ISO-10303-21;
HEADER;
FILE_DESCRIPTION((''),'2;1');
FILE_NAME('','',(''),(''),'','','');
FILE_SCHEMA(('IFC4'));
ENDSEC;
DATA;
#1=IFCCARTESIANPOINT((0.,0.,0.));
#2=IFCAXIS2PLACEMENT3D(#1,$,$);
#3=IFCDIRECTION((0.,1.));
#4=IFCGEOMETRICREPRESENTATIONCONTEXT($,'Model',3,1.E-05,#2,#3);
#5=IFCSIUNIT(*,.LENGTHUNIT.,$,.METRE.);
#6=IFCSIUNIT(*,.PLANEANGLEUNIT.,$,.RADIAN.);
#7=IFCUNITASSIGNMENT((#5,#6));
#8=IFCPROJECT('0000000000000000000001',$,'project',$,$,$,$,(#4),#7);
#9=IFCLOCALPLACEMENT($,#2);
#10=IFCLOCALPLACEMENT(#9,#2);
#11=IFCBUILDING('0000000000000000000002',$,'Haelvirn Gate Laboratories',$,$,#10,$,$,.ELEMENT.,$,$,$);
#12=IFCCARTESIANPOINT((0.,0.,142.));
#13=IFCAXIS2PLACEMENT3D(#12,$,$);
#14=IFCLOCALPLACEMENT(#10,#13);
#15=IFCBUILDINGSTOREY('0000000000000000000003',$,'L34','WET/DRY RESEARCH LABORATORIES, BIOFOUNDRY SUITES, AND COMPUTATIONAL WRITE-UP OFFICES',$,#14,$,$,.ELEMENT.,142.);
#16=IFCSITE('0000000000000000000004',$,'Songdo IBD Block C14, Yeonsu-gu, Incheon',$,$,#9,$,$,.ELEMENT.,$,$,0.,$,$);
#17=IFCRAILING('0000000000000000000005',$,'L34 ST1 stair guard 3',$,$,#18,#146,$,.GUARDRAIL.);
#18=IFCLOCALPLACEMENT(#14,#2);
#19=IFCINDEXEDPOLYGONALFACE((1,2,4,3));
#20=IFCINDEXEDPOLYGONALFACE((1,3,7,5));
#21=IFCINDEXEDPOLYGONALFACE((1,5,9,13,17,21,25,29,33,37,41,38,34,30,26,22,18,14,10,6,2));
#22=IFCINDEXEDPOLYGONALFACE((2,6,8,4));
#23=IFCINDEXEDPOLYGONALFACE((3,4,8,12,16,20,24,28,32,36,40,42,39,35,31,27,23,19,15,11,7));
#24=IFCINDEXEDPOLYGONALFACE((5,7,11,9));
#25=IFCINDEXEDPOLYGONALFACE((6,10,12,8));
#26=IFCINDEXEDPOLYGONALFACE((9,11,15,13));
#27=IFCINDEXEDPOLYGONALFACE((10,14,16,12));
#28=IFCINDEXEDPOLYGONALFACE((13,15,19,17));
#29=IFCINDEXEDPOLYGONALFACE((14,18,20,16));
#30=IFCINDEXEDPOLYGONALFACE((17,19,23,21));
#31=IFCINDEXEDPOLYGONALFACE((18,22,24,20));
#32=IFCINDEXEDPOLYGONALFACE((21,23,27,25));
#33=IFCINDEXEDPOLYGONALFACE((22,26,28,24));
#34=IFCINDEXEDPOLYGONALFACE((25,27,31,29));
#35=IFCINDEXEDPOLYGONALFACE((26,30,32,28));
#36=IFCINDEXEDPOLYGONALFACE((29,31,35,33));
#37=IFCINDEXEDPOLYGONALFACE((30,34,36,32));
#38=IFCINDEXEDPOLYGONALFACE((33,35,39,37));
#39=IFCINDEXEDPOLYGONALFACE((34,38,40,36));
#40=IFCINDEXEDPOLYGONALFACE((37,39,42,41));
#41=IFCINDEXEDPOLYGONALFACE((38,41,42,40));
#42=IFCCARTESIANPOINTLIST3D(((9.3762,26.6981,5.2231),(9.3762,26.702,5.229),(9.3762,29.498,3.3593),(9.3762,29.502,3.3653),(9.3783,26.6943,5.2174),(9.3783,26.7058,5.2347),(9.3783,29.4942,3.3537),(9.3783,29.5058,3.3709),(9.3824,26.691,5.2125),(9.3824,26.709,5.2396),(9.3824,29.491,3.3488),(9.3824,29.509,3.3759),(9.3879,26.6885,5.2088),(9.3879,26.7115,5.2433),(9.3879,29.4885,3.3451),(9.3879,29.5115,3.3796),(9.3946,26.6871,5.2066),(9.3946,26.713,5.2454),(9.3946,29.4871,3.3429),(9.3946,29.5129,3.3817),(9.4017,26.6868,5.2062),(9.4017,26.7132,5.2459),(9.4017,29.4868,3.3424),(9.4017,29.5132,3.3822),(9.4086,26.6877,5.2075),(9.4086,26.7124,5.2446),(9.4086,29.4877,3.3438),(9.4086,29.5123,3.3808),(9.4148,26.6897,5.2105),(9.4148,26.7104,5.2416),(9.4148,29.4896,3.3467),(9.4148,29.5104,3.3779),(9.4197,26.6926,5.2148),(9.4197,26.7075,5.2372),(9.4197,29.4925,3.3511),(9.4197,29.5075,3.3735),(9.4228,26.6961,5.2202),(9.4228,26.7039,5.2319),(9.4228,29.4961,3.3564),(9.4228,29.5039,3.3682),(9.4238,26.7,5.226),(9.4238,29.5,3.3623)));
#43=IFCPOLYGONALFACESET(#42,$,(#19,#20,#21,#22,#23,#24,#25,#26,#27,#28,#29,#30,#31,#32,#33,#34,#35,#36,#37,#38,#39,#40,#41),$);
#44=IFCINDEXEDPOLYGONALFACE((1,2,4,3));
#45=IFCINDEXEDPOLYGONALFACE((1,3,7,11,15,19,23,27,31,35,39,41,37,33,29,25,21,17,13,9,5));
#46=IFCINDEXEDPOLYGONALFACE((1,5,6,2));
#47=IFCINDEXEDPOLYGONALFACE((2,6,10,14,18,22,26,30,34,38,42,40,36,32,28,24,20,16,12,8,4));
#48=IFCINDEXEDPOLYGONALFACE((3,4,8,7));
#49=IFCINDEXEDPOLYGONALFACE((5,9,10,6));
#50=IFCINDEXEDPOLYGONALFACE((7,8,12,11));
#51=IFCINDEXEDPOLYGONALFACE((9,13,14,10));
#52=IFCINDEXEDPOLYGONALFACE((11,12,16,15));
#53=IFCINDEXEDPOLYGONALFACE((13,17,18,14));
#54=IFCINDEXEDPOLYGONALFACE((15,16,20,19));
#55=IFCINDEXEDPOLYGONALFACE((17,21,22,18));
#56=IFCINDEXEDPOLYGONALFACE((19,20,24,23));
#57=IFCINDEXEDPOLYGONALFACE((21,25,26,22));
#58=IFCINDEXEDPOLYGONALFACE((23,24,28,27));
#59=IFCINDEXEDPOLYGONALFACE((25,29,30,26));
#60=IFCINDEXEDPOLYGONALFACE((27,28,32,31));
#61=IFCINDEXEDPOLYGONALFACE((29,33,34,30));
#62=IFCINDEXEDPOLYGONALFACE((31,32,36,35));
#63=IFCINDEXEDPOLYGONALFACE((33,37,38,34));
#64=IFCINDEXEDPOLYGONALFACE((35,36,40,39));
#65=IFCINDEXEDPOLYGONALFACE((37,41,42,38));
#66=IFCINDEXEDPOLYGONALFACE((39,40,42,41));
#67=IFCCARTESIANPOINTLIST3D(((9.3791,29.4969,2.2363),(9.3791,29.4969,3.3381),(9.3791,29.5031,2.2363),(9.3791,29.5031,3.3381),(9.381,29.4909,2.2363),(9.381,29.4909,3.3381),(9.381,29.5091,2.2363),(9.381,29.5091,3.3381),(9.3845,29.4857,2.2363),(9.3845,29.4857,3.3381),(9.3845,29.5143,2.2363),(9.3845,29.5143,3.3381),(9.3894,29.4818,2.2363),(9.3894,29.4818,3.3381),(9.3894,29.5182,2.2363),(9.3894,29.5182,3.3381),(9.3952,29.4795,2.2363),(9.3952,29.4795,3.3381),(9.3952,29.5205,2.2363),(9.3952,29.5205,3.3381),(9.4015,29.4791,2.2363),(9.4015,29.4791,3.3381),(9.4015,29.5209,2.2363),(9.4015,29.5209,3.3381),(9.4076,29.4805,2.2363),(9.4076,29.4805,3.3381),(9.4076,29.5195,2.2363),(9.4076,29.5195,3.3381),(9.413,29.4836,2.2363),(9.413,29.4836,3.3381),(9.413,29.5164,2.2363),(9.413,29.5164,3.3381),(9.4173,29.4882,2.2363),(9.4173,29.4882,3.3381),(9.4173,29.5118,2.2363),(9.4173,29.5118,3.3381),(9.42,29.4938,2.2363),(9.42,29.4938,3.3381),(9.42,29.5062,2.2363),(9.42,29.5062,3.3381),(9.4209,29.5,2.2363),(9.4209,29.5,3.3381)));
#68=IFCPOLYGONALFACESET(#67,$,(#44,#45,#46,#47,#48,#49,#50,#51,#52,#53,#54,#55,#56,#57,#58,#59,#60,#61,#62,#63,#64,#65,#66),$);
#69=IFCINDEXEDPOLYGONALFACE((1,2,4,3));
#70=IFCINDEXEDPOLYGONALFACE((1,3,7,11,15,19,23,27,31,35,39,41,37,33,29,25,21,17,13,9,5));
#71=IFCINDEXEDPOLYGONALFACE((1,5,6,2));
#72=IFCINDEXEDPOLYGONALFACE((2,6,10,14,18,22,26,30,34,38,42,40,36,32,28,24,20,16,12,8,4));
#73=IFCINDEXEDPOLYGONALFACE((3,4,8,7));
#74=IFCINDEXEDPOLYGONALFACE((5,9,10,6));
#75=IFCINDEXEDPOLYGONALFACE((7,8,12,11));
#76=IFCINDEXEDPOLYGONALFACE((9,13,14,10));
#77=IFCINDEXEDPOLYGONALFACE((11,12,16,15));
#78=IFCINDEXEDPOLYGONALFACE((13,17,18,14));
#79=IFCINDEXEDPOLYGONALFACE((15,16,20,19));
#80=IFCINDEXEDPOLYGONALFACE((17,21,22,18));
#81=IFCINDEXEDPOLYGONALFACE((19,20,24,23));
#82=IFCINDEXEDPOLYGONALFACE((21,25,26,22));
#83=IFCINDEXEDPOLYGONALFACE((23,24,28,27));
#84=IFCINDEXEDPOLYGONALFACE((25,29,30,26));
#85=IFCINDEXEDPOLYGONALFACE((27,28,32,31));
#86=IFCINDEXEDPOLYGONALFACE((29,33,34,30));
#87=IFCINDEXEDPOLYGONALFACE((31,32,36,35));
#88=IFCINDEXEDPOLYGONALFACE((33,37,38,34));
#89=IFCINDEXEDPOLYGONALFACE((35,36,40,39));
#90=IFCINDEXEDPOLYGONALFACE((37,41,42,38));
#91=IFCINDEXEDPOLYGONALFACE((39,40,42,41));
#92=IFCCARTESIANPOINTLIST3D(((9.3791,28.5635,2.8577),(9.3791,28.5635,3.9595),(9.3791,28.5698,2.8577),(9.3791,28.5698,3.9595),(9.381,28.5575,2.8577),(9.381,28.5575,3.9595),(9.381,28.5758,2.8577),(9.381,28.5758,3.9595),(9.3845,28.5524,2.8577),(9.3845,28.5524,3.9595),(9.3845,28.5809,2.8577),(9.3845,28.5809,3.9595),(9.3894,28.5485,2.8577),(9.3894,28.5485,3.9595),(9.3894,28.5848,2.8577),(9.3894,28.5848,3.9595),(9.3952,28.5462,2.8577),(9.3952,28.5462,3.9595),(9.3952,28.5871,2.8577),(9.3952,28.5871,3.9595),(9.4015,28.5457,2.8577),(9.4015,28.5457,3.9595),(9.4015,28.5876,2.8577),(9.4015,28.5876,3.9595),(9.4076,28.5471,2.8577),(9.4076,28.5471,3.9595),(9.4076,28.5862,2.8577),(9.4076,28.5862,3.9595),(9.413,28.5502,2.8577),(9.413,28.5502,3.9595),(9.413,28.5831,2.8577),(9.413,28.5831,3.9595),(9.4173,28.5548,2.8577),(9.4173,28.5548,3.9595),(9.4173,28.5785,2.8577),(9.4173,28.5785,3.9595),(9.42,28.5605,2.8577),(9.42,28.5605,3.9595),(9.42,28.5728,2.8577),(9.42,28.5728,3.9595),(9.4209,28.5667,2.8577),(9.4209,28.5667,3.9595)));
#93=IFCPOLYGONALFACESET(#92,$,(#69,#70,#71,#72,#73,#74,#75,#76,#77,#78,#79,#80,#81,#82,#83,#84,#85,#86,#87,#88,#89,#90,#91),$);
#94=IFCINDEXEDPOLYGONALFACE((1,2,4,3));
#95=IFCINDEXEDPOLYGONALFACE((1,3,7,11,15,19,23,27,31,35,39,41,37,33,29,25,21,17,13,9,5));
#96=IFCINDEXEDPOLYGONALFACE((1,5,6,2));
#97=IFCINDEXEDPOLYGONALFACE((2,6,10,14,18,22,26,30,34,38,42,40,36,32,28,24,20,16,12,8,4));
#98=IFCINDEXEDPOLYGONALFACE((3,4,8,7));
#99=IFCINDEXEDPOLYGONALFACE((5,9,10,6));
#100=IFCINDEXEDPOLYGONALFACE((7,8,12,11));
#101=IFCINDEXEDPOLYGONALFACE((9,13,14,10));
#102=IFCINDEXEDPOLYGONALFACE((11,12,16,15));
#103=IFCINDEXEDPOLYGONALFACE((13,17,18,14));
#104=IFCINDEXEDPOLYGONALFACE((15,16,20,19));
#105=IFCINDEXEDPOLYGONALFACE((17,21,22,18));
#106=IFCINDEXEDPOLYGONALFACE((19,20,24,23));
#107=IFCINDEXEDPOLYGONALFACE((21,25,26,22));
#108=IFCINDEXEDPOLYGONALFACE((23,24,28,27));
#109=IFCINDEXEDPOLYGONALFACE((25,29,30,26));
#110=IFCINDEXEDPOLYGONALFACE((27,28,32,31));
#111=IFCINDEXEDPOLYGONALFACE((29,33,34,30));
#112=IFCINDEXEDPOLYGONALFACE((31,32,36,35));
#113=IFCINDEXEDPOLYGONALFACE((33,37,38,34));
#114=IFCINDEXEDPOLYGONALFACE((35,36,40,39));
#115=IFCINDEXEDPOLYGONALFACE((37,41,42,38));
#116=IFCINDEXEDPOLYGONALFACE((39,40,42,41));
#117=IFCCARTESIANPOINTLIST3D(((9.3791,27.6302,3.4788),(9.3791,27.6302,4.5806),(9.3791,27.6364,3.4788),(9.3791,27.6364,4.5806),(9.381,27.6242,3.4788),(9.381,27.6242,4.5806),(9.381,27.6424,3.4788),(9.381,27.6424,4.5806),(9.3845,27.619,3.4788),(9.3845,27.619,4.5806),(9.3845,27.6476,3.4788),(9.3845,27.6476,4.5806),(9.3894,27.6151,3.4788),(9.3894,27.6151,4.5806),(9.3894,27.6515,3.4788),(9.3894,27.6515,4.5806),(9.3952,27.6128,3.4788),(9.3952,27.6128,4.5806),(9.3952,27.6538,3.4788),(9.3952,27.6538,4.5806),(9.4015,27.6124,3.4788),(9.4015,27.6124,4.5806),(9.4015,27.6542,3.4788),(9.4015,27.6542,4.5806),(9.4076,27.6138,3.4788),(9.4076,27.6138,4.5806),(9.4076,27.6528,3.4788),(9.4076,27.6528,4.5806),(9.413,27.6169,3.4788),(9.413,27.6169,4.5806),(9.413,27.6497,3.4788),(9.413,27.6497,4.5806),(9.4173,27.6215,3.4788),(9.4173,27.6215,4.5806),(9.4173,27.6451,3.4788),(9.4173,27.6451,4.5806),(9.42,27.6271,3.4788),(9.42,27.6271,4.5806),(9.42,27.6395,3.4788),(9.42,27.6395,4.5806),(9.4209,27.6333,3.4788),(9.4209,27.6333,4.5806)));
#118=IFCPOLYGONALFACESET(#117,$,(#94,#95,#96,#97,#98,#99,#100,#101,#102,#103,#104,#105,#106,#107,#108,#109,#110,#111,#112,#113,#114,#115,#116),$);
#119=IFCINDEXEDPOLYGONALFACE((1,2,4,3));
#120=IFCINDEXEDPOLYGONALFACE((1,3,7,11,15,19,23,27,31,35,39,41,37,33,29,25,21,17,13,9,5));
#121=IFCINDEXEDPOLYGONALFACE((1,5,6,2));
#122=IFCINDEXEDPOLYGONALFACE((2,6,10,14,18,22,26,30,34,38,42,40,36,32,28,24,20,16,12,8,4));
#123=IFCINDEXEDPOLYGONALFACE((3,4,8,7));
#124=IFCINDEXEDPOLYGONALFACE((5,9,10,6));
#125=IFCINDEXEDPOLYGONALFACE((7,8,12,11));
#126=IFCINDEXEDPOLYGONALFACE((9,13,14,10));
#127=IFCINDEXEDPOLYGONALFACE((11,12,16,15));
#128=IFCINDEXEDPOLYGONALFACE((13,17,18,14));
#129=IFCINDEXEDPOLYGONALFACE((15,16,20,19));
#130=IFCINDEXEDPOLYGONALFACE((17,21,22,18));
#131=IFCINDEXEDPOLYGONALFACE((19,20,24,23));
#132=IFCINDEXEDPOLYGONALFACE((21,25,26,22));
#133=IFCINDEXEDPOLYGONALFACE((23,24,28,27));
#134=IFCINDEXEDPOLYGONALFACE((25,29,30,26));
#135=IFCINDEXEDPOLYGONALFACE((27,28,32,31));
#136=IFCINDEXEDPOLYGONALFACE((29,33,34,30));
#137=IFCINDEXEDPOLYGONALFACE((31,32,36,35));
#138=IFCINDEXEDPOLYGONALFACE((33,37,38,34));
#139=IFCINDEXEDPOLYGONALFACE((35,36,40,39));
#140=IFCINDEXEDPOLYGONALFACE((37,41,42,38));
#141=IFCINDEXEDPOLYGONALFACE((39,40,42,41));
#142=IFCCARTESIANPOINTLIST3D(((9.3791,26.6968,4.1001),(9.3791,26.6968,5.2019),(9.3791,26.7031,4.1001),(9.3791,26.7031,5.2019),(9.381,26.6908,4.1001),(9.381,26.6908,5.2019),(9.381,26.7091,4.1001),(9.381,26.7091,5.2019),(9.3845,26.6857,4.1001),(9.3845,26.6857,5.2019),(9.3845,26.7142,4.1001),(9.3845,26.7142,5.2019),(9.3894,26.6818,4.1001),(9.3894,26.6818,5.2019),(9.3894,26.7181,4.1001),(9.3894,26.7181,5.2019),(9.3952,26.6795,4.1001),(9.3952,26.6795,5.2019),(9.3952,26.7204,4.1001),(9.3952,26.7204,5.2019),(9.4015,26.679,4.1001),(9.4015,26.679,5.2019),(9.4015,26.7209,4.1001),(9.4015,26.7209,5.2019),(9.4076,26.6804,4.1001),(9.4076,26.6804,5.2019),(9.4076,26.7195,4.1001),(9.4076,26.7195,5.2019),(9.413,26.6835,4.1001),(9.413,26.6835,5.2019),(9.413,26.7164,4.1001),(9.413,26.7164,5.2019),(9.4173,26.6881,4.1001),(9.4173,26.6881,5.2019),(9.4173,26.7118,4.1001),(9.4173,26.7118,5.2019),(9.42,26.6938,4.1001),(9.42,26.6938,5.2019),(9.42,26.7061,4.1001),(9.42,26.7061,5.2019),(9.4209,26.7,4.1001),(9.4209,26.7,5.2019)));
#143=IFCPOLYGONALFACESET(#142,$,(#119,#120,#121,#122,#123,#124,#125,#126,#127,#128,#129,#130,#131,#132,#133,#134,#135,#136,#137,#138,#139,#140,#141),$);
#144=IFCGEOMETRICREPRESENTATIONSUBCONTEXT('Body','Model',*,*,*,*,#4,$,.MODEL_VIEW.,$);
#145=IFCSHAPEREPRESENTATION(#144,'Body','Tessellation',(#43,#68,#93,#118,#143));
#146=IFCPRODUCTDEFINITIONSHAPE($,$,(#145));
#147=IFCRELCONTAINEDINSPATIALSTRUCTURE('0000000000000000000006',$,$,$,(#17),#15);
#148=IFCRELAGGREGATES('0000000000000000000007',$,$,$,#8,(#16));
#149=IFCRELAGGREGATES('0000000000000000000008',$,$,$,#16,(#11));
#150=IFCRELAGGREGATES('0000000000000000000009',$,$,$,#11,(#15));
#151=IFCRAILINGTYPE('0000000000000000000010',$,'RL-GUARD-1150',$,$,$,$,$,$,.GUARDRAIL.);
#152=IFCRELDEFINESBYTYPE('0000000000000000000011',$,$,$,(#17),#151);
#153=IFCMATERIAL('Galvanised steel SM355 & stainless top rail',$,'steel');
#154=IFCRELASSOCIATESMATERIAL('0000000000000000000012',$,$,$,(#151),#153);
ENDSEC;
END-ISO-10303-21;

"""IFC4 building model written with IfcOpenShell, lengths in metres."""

from ifc_helpers import new_model, si_unit, direction, frame, origin, origin_2d, place, context, subcontext, project, spatial, circle, extrude, source, transform, mapped, material, type_object, element, save


model = new_model("IFC4")

# Units and contexts
model_context = context("Model", 3, precision=1e-05, world=origin(), true_north=direction((0.0, 1.0)))
body_context = subcontext(model_context, "Body", "Model", "MODEL_VIEW")
ifc_project = project(units=[si_unit("LENGTHUNIT", "METRE"), si_unit("PLANEANGLEUNIT", "RADIAN")], contexts=[model_context])

# Site, building, storey
site_placement = place(None, origin())
site = spatial("IfcSite", under=ifc_project, at=site_placement, Name="Songdo IBD Block C14, Yeonsu-gu, Incheon", CompositionType="ELEMENT", RefElevation=0.0)
building_placement = place(site_placement, origin())
building = spatial("IfcBuilding", under=site, at=building_placement, Name="Haelvirn Gate Laboratories", CompositionType="ELEMENT")
storey_placement = place(building_placement, frame((0.0, 0.0, 142.0)))
storey = spatial("IfcBuildingStorey", under=building, at=storey_placement, Name="L34", Description="WET/DRY RESEARCH LABORATORIES, BIOFOUNDRY SUITES, AND COMPUTATIONAL WRITE-UP OFFICES", CompositionType="ELEMENT", Elevation=142.0)

# Railing
ifc_material_1 = material(Name="Galvanised steel SM355 & stainless top rail", Category="steel")
railing_type_1 = type_object("IfcRailingType", Name="RL-GUARD-1150", PredefinedType="GUARDRAIL", material=ifc_material_1)
shared_shape_1 = source(origin(), body_context, "Body", "SweptSolid", [
    extrude(circle(Radius=0.0239, at=origin_2d()), frame((0.0, 0.0, 1.126), z_axis=(0.0, -0.832452, 0.554097), x_axis=(1.0, 0.0, 0.0)), (0.0, 0.0, 1.0), 3.3635),
    extrude(circle(Radius=0.021, at=origin_2d()), origin(), (0.0, 0.0, 1.0), 1.1018),
    extrude(circle(Radius=0.021, at=origin_2d()), frame((0.0, -0.9333, 0.6213)), (0.0, 0.0, 1.0), 1.1018),
    extrude(circle(Radius=0.021, at=origin_2d()), frame((0.0, -1.8667, 1.2424)), (0.0, 0.0, 1.0), 1.1018),
    extrude(circle(Radius=0.021, at=origin_2d()), frame((0.0, -2.8, 1.8638)), (0.0, 0.0, 1.0), 1.1018),
])
railing_1_placement = place(storey_placement, frame((9.3999, 29.5, 2.2363)))
element("IfcRailing", 1, at=railing_1_placement, inside=storey, type_object=railing_type_1, Name="L34 ST1 stair guard 3", PredefinedType="GUARDRAIL", context=body_context, shape_type="MappedRepresentation", body=[
    mapped(shared_shape_1, transform((0.0, 0.0, 0.0), scale=1.0)),
])

save(model, "model.ifc")
